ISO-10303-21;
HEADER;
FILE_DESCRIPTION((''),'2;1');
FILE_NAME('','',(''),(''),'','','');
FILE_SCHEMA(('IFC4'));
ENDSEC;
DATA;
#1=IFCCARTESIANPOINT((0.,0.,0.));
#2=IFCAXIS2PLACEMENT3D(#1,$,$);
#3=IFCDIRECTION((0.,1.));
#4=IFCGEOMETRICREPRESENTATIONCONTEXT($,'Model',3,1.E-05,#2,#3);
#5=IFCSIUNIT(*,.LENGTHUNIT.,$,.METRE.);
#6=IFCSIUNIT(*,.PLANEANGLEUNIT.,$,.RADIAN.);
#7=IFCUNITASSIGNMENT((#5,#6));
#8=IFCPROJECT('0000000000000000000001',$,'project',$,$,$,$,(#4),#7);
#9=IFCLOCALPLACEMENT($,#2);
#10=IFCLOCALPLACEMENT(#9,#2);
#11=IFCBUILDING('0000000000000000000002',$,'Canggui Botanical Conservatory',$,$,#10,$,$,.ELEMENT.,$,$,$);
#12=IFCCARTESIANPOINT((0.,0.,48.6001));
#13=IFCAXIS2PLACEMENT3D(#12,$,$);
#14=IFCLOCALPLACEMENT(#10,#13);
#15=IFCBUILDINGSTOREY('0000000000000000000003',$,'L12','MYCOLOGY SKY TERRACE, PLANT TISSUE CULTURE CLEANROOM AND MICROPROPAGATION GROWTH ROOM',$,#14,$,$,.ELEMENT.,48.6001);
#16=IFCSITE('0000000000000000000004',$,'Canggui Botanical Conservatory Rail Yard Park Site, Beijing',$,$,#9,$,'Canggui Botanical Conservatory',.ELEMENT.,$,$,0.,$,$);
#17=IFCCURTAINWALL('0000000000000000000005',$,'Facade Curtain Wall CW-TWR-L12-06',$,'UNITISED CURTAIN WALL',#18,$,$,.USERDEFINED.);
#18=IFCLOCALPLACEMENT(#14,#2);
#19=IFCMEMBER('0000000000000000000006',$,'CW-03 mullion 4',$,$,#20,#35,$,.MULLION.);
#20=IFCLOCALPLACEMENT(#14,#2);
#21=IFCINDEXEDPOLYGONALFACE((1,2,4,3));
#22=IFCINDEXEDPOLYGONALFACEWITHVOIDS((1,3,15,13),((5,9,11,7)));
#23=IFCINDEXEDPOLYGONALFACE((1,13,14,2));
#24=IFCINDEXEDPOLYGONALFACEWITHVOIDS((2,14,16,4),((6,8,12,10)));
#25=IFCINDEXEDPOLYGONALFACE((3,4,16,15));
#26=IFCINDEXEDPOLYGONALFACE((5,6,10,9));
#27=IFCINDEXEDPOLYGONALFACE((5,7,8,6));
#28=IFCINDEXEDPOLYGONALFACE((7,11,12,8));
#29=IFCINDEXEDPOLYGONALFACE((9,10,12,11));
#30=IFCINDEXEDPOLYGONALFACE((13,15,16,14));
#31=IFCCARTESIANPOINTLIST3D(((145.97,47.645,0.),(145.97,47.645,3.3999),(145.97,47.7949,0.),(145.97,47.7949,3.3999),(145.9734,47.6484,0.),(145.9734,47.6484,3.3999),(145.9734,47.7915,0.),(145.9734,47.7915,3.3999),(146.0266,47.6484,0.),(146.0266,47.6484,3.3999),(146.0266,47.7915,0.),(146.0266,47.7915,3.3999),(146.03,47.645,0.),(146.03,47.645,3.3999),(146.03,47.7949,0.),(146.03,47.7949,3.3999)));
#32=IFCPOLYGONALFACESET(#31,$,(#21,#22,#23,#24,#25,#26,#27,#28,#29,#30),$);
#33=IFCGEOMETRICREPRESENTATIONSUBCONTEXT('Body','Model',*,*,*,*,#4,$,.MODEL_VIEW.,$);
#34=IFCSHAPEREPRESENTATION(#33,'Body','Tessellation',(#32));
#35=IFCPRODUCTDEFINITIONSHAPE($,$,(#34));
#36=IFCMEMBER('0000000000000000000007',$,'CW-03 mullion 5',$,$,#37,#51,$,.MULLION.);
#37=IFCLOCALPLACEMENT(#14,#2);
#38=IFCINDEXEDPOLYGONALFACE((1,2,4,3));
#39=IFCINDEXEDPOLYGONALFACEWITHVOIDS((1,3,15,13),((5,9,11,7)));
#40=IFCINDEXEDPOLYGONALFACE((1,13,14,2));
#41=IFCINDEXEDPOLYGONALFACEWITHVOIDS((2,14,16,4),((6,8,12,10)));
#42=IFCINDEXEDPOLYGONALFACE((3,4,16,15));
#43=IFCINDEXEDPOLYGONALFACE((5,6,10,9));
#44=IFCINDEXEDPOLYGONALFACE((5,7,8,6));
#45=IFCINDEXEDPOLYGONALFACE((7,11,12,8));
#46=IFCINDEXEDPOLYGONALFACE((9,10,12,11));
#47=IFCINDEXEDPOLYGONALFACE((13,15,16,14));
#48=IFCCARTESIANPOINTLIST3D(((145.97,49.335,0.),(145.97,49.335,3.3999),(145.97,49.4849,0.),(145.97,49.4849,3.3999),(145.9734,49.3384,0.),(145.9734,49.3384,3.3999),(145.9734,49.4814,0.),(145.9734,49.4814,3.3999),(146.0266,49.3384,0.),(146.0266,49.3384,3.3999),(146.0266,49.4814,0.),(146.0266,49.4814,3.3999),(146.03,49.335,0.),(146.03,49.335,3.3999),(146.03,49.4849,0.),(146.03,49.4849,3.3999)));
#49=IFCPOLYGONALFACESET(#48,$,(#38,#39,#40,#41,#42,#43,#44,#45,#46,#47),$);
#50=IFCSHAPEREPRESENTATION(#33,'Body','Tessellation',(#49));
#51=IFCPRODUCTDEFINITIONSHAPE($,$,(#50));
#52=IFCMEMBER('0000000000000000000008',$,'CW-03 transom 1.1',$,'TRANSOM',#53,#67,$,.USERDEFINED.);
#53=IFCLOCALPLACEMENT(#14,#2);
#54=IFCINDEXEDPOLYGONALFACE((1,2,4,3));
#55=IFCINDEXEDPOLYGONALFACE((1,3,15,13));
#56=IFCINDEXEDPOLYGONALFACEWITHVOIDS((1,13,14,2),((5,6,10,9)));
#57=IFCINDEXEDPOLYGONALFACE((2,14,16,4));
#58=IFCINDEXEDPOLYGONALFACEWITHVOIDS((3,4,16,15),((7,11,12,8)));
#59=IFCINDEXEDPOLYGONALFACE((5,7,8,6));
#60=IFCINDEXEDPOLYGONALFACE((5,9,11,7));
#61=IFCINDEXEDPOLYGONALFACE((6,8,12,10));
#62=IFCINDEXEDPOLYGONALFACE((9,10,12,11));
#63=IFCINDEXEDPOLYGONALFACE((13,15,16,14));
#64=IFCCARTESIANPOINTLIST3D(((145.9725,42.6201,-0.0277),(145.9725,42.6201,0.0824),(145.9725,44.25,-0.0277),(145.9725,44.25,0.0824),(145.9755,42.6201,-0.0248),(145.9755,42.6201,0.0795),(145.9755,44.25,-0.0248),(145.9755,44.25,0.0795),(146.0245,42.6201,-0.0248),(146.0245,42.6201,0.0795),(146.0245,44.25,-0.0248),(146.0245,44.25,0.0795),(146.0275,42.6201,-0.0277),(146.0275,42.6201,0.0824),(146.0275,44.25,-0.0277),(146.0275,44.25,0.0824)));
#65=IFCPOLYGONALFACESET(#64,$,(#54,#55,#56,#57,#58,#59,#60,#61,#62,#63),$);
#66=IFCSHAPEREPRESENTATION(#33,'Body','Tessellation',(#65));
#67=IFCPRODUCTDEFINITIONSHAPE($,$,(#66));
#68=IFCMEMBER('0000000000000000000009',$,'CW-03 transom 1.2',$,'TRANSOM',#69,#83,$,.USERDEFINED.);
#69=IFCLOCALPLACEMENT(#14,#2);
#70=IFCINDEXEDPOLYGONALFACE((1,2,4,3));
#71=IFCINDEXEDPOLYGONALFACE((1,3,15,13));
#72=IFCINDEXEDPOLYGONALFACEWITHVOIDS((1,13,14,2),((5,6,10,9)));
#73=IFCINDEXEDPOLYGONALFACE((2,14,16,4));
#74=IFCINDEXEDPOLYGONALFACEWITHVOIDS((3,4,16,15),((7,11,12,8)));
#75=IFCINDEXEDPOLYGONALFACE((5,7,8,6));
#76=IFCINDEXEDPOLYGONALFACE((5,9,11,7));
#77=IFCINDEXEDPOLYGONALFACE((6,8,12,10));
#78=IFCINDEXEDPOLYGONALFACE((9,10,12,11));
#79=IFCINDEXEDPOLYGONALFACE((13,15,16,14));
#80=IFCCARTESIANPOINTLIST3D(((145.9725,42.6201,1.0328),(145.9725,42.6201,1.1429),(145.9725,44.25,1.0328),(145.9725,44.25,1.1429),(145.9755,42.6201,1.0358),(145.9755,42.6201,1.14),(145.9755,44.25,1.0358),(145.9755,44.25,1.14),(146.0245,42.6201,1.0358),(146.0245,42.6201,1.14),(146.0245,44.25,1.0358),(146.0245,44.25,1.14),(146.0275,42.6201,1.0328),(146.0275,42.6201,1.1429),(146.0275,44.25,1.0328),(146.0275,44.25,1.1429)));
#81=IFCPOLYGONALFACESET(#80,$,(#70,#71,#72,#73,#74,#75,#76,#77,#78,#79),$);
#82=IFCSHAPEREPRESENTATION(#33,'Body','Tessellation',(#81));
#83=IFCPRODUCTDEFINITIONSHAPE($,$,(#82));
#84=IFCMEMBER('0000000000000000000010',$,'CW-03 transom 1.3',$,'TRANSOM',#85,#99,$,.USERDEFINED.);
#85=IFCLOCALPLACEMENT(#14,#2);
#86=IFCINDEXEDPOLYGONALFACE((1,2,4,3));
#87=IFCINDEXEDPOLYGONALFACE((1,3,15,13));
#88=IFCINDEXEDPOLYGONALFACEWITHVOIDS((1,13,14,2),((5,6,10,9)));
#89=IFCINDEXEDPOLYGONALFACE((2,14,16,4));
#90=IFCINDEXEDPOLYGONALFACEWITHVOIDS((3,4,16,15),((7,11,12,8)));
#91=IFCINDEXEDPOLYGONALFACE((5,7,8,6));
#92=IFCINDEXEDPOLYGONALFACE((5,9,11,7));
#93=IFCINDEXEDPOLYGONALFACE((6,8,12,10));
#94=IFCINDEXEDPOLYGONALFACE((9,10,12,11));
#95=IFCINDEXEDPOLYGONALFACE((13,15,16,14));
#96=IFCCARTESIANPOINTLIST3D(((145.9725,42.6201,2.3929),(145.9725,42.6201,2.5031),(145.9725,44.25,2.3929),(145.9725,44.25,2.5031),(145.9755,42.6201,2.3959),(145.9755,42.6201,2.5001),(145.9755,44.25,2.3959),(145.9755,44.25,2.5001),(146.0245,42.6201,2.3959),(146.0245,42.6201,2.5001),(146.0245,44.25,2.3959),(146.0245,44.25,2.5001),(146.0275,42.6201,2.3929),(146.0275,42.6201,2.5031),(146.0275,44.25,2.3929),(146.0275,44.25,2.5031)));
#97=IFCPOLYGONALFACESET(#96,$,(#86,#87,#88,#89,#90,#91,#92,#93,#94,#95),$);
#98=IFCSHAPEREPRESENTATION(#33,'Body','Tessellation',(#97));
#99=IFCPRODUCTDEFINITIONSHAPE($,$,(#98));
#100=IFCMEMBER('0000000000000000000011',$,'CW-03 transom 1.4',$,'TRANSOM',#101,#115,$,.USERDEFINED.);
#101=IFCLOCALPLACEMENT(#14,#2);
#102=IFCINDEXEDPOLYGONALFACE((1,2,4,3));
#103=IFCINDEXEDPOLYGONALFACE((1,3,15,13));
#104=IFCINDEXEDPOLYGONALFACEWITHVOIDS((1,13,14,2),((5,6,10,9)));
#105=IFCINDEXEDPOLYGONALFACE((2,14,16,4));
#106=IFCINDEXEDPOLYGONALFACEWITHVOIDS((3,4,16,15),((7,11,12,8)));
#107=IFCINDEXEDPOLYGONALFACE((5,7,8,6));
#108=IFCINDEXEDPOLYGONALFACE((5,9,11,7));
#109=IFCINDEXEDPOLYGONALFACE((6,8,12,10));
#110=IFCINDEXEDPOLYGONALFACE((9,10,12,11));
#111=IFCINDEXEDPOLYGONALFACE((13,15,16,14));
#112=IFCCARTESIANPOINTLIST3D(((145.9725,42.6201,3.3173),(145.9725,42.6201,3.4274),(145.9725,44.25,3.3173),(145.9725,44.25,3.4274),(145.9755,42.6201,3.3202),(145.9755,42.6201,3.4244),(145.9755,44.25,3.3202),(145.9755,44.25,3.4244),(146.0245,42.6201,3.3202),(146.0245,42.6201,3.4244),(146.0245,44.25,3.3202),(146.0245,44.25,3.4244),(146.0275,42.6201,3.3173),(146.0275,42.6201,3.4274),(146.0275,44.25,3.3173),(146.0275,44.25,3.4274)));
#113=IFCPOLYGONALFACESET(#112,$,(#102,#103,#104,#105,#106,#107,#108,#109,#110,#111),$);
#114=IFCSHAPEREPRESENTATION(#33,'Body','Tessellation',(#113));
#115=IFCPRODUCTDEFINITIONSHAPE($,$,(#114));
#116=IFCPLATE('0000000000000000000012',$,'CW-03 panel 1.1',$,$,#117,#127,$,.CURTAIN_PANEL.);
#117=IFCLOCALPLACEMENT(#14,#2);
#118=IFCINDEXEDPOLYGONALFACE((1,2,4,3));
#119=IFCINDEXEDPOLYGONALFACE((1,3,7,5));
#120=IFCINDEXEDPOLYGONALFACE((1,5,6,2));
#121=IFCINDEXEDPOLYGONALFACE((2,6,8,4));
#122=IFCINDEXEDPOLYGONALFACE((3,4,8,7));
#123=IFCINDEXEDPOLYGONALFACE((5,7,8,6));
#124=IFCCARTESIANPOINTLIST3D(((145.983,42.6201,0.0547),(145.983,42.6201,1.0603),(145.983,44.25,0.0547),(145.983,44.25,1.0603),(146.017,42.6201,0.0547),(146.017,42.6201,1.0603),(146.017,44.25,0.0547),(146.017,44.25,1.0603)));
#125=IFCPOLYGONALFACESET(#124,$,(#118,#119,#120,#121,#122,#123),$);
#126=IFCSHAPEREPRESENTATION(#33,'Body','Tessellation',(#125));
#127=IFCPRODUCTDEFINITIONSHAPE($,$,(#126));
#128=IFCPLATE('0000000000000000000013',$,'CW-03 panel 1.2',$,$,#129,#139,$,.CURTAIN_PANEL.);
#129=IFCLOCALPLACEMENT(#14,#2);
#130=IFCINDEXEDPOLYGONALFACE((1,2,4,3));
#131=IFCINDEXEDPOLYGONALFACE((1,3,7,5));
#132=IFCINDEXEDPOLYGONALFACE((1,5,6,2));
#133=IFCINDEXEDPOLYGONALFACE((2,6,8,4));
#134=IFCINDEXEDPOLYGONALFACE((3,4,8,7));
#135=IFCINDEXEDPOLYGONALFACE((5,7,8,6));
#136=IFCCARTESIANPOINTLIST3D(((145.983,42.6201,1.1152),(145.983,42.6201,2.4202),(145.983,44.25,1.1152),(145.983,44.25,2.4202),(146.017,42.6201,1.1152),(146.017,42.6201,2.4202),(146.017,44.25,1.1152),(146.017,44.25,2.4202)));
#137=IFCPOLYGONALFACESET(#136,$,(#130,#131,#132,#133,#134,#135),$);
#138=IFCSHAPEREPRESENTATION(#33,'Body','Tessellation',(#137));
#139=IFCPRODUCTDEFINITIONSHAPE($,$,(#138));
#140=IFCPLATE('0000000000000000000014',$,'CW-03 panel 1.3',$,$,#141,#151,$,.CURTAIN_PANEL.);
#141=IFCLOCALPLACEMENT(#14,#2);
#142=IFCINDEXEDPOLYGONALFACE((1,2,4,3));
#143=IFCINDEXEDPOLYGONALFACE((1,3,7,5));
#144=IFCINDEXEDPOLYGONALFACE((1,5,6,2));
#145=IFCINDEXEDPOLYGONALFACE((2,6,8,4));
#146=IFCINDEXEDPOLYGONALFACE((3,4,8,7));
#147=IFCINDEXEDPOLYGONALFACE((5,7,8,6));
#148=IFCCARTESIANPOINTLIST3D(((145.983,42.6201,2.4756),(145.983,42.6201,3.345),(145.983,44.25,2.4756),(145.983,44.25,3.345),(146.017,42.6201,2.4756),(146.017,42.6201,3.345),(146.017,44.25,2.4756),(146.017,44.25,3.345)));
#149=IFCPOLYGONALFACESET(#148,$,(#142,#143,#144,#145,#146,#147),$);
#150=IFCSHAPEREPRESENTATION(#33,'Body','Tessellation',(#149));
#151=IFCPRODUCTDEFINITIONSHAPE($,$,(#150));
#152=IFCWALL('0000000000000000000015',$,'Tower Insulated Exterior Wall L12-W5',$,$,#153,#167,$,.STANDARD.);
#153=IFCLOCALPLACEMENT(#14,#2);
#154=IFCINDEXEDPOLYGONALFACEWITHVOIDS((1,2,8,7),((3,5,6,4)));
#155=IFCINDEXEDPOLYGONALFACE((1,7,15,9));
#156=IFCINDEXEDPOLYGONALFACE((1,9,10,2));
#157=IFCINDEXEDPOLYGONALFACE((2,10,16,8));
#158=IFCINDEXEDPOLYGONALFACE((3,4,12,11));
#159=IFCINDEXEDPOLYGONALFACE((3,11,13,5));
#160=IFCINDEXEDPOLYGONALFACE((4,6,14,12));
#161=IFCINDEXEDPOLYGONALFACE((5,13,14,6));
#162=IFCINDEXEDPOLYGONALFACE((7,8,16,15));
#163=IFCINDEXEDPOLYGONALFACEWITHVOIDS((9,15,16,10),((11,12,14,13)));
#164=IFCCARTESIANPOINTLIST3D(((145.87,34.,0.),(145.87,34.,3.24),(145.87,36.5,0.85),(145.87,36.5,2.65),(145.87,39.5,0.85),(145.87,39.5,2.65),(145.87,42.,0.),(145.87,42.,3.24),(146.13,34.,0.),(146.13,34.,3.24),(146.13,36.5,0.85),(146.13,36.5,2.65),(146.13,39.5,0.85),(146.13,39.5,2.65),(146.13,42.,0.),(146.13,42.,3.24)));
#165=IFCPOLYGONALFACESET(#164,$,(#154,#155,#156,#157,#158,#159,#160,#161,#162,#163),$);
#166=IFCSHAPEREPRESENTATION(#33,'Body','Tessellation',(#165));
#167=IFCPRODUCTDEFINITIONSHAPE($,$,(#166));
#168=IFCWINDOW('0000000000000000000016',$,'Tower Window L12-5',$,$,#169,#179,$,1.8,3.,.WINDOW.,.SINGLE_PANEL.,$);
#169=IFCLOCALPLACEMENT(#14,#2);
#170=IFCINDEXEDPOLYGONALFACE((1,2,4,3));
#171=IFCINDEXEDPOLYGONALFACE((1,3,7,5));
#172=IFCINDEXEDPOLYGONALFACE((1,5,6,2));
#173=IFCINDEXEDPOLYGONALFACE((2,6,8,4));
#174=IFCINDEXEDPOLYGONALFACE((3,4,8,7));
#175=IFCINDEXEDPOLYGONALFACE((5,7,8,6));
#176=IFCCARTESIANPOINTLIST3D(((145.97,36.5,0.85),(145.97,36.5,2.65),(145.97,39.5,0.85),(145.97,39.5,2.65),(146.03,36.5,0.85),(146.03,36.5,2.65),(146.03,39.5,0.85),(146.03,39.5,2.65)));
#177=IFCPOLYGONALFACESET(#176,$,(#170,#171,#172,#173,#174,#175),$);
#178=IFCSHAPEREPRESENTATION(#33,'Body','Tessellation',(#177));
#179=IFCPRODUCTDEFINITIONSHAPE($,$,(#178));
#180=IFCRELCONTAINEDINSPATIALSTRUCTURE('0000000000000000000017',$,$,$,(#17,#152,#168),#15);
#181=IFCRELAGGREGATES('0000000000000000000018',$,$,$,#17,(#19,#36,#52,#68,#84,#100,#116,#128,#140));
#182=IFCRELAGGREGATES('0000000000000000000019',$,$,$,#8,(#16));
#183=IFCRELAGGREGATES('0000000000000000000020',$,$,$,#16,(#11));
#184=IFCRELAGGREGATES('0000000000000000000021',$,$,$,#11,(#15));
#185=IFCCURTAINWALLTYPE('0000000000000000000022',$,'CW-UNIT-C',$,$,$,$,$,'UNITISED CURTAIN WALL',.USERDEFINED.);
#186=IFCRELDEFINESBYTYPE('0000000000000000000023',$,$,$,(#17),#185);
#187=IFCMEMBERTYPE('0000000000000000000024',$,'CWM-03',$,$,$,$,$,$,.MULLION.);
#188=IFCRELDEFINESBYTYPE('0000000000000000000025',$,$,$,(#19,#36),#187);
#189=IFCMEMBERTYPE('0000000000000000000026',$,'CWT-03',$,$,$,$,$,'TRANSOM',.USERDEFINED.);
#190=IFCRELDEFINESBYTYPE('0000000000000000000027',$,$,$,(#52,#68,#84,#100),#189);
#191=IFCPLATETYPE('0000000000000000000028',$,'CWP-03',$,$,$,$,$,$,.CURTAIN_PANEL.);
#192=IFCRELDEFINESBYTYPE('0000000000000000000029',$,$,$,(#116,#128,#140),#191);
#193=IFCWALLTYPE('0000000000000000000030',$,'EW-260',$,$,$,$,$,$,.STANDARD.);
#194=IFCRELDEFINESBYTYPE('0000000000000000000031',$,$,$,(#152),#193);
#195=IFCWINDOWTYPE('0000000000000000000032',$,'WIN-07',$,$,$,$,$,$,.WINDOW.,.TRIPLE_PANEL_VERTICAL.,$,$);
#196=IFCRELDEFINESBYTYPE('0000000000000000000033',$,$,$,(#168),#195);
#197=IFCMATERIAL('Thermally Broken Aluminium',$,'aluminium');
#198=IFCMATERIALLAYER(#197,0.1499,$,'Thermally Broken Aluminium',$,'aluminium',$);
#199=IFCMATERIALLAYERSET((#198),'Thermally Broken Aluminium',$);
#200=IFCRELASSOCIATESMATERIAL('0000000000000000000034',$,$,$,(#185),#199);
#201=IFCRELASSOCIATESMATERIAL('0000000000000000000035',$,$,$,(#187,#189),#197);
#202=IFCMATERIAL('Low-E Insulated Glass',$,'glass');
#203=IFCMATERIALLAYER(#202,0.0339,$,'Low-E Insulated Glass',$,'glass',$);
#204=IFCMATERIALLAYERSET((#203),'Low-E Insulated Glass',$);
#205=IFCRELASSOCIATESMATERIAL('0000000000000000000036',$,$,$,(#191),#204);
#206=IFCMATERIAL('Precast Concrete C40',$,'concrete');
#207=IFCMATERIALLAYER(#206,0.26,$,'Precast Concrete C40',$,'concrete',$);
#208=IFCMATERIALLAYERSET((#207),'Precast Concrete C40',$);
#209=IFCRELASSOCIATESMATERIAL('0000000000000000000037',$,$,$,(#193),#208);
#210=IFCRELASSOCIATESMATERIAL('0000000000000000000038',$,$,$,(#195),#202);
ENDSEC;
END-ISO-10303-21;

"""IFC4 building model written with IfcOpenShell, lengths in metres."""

from ifc_helpers import new_model, si_unit, direction, frame, frame_2d, origin, origin_2d, place, context, subcontext, project, spatial, rectangle, hollow_rectangle, extrude, material, layer, layer_set, material_profile, profile_set, type_object, element, fill, aggregate, save


model = new_model("IFC4")

# Units and contexts
model_context = context("Model", 3, precision=1e-05, world=origin(), true_north=direction((0.0, 1.0)))
body_context = subcontext(model_context, "Body", "Model", "MODEL_VIEW")
ifc_project = project(units=[si_unit("LENGTHUNIT", "METRE"), si_unit("PLANEANGLEUNIT", "RADIAN")], contexts=[model_context])

# Site, building, storey
site_placement = place(None, origin())
site = spatial("IfcSite", under=ifc_project, at=site_placement, Name="Canggui Botanical Conservatory Rail Yard Park Site, Beijing", LongName="Canggui Botanical Conservatory", CompositionType="ELEMENT", RefElevation=0.0)
building_placement = place(site_placement, origin())
building = spatial("IfcBuilding", under=site, at=building_placement, Name="Canggui Botanical Conservatory", CompositionType="ELEMENT")
storey_placement = place(building_placement, frame((0.0, 0.0, 48.6001)))
storey = spatial("IfcBuildingStorey", under=building, at=storey_placement, Name="L12", Description="MYCOLOGY SKY TERRACE, PLANT TISSUE CULTURE CLEANROOM AND MICROPROPAGATION GROWTH ROOM", CompositionType="ELEMENT", Elevation=48.6001)

# Curtain wall, members, plates
ifc_material_1 = material(Name="Thermally Broken Aluminium", Category="aluminium")
ifc_layer_1 = layer(ifc_material_1, 0.1499, Name="Thermally Broken Aluminium", Category="aluminium")
ifc_layer_set_1 = layer_set([ifc_layer_1], Name="Thermally Broken Aluminium")
curtain_wall_type = type_object("IfcCurtainWallType", Name="CW-UNIT-C", ElementType="UNITISED CURTAIN WALL", PredefinedType="USERDEFINED", material=ifc_layer_set_1)
curtain_wall_placement = place(storey_placement, origin())
curtain_wall = element("IfcCurtainWall", 1, at=curtain_wall_placement, inside=storey, type_object=curtain_wall_type, Name="Facade Curtain Wall CW-TWR-L12-06", ObjectType="UNITISED CURTAIN WALL", PredefinedType="USERDEFINED")
ifc_material_profile_1 = material_profile(ifc_material_1, hollow_rectangle(XDim=0.0601, YDim=0.1499, WallThickness=0.0034, at=origin_2d()), Name="CWM 60x150x3.5")
ifc_profile_set_1 = profile_set([ifc_material_profile_1], Name="Thermally Broken Aluminium")
member_type_1 = type_object("IfcMemberType", Name="CWM-03", PredefinedType="MULLION", material=ifc_profile_set_1)
member_1_placement = place(storey_placement, frame((146.0, 47.72, 0.0), z_axis=(0.0, 0.0, 1.0), x_axis=(-1.0, 0.0, 0.0)))
member_1 = element("IfcMember", 2, at=member_1_placement, type_object=member_type_1, Name="CW-03 mullion 4", PredefinedType="MULLION", context=body_context, shape_type="SweptSolid", body=[
    extrude(hollow_rectangle(XDim=0.0601, YDim=0.1499, WallThickness=0.0034, at=origin_2d()), origin(), (0.0, 0.0, 1.0), 3.3999),
])
member_2_placement = place(storey_placement, frame((146.0, 49.4099, 0.0), z_axis=(0.0, 0.0, 1.0), x_axis=(-1.0, 0.0, 0.0)))
member_2 = element("IfcMember", 3, at=member_2_placement, type_object=member_type_1, Name="CW-03 mullion 5", PredefinedType="MULLION", context=body_context, shape_type="SweptSolid", body=[
    extrude(hollow_rectangle(XDim=0.0601, YDim=0.1499, WallThickness=0.0034, at=origin_2d()), origin(), (0.0, 0.0, 1.0), 3.3999),
])
ifc_material_profile_2 = material_profile(ifc_material_1, hollow_rectangle(XDim=0.0549, YDim=0.1101, WallThickness=0.0029, at=origin_2d()), Name="CWT 55x110x3")
ifc_profile_set_2 = profile_set([ifc_material_profile_2], Name="Thermally Broken Aluminium")
member_type_2 = type_object("IfcMemberType", Name="CWT-03", ElementType="TRANSOM", PredefinedType="USERDEFINED", material=ifc_profile_set_2)
member_3_placement = place(storey_placement, frame((146.0, 42.6201, 0.0273), z_axis=(0.0, 1.0, 0.0), x_axis=(-1.0, 0.0, 0.0)))
member_3 = element("IfcMember", 4, at=member_3_placement, type_object=member_type_2, Name="CW-03 transom 1.1", ObjectType="TRANSOM", PredefinedType="USERDEFINED", context=body_context, shape_type="SweptSolid", body=[
    extrude(hollow_rectangle(XDim=0.0549, YDim=0.1101, WallThickness=0.0029, at=origin_2d()), origin(), (0.0, 0.0, 1.0), 1.6299),
])
member_4_placement = place(storey_placement, frame((146.0, 42.6201, 1.0879), z_axis=(0.0, 1.0, 0.0), x_axis=(-1.0, 0.0, 0.0)))
member_4 = element("IfcMember", 5, at=member_4_placement, type_object=member_type_2, Name="CW-03 transom 1.2", ObjectType="TRANSOM", PredefinedType="USERDEFINED", context=body_context, shape_type="SweptSolid", body=[
    extrude(hollow_rectangle(XDim=0.0549, YDim=0.1101, WallThickness=0.0029, at=origin_2d()), origin(), (0.0, 0.0, 1.0), 1.6299),
])
member_5_placement = place(storey_placement, frame((146.0, 42.6201, 2.448), z_axis=(0.0, 1.0, 0.0), x_axis=(-1.0, 0.0, 0.0)))
member_5 = element("IfcMember", 6, at=member_5_placement, type_object=member_type_2, Name="CW-03 transom 1.3", ObjectType="TRANSOM", PredefinedType="USERDEFINED", context=body_context, shape_type="SweptSolid", body=[
    extrude(hollow_rectangle(XDim=0.0549, YDim=0.1101, WallThickness=0.0029, at=origin_2d()), origin(), (0.0, 0.0, 1.0), 1.6299),
])
member_6_placement = place(storey_placement, frame((146.0, 42.6201, 3.3723), z_axis=(0.0, 1.0, 0.0), x_axis=(-1.0, 0.0, 0.0)))
member_6 = element("IfcMember", 7, at=member_6_placement, type_object=member_type_2, Name="CW-03 transom 1.4", ObjectType="TRANSOM", PredefinedType="USERDEFINED", context=body_context, shape_type="SweptSolid", body=[
    extrude(hollow_rectangle(XDim=0.0549, YDim=0.1101, WallThickness=0.0029, at=origin_2d()), origin(), (0.0, 0.0, 1.0), 1.6299),
])
ifc_material_2 = material(Name="Low-E Insulated Glass", Category="glass")
ifc_layer_2 = layer(ifc_material_2, 0.0339, Name="Low-E Insulated Glass", Category="glass")
ifc_layer_set_2 = layer_set([ifc_layer_2], Name="Low-E Insulated Glass")
plate_type = type_object("IfcPlateType", Name="CWP-03", PredefinedType="CURTAIN_PANEL", material=ifc_layer_set_2)
plate_1_placement = place(storey_placement, frame((146.0, 43.4351, 0.0547), z_axis=(0.0, 0.0, 1.0), x_axis=(0.0, 1.0, 0.0)))
plate_1 = element("IfcPlate", 8, at=plate_1_placement, type_object=plate_type, Name="CW-03 panel 1.1", PredefinedType="CURTAIN_PANEL", context=body_context, shape_type="SweptSolid", body=[
    extrude(rectangle(XDim=1.6299, YDim=0.0339, at=origin_2d()), origin(), (0.0, 0.0, 1.0), 1.0056),
])
plate_2_placement = place(storey_placement, frame((146.0, 43.4351, 1.1152), z_axis=(0.0, 0.0, 1.0), x_axis=(0.0, 1.0, 0.0)))
plate_2 = element("IfcPlate", 9, at=plate_2_placement, type_object=plate_type, Name="CW-03 panel 1.2", PredefinedType="CURTAIN_PANEL", context=body_context, shape_type="SweptSolid", body=[
    extrude(rectangle(XDim=1.6299, YDim=0.0339, at=origin_2d()), origin(), (0.0, 0.0, 1.0), 1.3049),
])
plate_3_placement = place(storey_placement, frame((146.0, 43.4351, 2.4756), z_axis=(0.0, 0.0, 1.0), x_axis=(0.0, 1.0, 0.0)))
plate_3 = element("IfcPlate", 10, at=plate_3_placement, type_object=plate_type, Name="CW-03 panel 1.3", PredefinedType="CURTAIN_PANEL", context=body_context, shape_type="SweptSolid", body=[
    extrude(rectangle(XDim=1.6299, YDim=0.0339, at=origin_2d()), origin(), (0.0, 0.0, 1.0), 0.8694),
])
aggregate(curtain_wall, [member_1, member_2, member_3, member_4, member_5, member_6, plate_1, plate_2, plate_3])

# Wall, opening, window
ifc_material_3 = material(Name="Precast Concrete C40", Category="concrete")
ifc_layer_3 = layer(ifc_material_3, 0.26, Name="Precast Concrete C40", Category="concrete")
ifc_layer_set_3 = layer_set([ifc_layer_3], Name="Precast Concrete C40")
wall_type = type_object("IfcWallType", Name="EW-260", PredefinedType="STANDARD", material=ifc_layer_set_3)
wall_placement = place(storey_placement, frame((146.0, 34.0, 0.0), z_axis=(0.0, 0.0, 1.0), x_axis=(0.0, 1.0, 0.0)))
wall = element("IfcWall", 11, at=wall_placement, inside=storey, type_object=wall_type, Name="Tower Insulated Exterior Wall L12-W5", PredefinedType="STANDARD", context=body_context, shape_type="SweptSolid", body=[
    extrude(rectangle(XDim=8.0, YDim=0.26, at=frame_2d((4.0, 0.0))), origin(), (0.0, 0.0, 1.0), 3.24),
])
opening_placement = place(wall_placement, frame((2.5, 0.0, 0.8501)))
opening = element("IfcOpeningElement", 12, at=opening_placement, cuts=wall, PredefinedType="OPENING", context=body_context, shape_type="SweptSolid", body=[
    extrude(rectangle(XDim=3.0, YDim=1.8, at=frame_2d((1.5, 0.8999))), frame((0.0, 0.1401, 0.0), z_axis=(0.0, -1.0, 0.0), x_axis=(1.0, 0.0, 0.0)), (0.0, 0.0, 1.0), 0.28),
])
window_type = type_object("IfcWindowType", Name="WIN-07", PartitioningType="TRIPLE_PANEL_VERTICAL", PredefinedType="WINDOW", material=ifc_material_2)
window_placement = place(opening_placement, origin())
window = element("IfcWindow", 13, at=window_placement, inside=storey, type_object=window_type, Name="Tower Window L12-5", OverallHeight=1.8, OverallWidth=3.0, PartitioningType="SINGLE_PANEL", PredefinedType="WINDOW", context=body_context, shape_type="SweptSolid", body=[
    extrude(rectangle(XDim=3.0, YDim=1.8, at=frame_2d((1.5, 0.8999))), frame((0.0, 0.03, 0.0), z_axis=(0.0, -1.0, 0.0), x_axis=(1.0, 0.0, 0.0)), (0.0, 0.0, 1.0), 0.0601),
])
fill(opening, window)

save(model, "model.ifc")
